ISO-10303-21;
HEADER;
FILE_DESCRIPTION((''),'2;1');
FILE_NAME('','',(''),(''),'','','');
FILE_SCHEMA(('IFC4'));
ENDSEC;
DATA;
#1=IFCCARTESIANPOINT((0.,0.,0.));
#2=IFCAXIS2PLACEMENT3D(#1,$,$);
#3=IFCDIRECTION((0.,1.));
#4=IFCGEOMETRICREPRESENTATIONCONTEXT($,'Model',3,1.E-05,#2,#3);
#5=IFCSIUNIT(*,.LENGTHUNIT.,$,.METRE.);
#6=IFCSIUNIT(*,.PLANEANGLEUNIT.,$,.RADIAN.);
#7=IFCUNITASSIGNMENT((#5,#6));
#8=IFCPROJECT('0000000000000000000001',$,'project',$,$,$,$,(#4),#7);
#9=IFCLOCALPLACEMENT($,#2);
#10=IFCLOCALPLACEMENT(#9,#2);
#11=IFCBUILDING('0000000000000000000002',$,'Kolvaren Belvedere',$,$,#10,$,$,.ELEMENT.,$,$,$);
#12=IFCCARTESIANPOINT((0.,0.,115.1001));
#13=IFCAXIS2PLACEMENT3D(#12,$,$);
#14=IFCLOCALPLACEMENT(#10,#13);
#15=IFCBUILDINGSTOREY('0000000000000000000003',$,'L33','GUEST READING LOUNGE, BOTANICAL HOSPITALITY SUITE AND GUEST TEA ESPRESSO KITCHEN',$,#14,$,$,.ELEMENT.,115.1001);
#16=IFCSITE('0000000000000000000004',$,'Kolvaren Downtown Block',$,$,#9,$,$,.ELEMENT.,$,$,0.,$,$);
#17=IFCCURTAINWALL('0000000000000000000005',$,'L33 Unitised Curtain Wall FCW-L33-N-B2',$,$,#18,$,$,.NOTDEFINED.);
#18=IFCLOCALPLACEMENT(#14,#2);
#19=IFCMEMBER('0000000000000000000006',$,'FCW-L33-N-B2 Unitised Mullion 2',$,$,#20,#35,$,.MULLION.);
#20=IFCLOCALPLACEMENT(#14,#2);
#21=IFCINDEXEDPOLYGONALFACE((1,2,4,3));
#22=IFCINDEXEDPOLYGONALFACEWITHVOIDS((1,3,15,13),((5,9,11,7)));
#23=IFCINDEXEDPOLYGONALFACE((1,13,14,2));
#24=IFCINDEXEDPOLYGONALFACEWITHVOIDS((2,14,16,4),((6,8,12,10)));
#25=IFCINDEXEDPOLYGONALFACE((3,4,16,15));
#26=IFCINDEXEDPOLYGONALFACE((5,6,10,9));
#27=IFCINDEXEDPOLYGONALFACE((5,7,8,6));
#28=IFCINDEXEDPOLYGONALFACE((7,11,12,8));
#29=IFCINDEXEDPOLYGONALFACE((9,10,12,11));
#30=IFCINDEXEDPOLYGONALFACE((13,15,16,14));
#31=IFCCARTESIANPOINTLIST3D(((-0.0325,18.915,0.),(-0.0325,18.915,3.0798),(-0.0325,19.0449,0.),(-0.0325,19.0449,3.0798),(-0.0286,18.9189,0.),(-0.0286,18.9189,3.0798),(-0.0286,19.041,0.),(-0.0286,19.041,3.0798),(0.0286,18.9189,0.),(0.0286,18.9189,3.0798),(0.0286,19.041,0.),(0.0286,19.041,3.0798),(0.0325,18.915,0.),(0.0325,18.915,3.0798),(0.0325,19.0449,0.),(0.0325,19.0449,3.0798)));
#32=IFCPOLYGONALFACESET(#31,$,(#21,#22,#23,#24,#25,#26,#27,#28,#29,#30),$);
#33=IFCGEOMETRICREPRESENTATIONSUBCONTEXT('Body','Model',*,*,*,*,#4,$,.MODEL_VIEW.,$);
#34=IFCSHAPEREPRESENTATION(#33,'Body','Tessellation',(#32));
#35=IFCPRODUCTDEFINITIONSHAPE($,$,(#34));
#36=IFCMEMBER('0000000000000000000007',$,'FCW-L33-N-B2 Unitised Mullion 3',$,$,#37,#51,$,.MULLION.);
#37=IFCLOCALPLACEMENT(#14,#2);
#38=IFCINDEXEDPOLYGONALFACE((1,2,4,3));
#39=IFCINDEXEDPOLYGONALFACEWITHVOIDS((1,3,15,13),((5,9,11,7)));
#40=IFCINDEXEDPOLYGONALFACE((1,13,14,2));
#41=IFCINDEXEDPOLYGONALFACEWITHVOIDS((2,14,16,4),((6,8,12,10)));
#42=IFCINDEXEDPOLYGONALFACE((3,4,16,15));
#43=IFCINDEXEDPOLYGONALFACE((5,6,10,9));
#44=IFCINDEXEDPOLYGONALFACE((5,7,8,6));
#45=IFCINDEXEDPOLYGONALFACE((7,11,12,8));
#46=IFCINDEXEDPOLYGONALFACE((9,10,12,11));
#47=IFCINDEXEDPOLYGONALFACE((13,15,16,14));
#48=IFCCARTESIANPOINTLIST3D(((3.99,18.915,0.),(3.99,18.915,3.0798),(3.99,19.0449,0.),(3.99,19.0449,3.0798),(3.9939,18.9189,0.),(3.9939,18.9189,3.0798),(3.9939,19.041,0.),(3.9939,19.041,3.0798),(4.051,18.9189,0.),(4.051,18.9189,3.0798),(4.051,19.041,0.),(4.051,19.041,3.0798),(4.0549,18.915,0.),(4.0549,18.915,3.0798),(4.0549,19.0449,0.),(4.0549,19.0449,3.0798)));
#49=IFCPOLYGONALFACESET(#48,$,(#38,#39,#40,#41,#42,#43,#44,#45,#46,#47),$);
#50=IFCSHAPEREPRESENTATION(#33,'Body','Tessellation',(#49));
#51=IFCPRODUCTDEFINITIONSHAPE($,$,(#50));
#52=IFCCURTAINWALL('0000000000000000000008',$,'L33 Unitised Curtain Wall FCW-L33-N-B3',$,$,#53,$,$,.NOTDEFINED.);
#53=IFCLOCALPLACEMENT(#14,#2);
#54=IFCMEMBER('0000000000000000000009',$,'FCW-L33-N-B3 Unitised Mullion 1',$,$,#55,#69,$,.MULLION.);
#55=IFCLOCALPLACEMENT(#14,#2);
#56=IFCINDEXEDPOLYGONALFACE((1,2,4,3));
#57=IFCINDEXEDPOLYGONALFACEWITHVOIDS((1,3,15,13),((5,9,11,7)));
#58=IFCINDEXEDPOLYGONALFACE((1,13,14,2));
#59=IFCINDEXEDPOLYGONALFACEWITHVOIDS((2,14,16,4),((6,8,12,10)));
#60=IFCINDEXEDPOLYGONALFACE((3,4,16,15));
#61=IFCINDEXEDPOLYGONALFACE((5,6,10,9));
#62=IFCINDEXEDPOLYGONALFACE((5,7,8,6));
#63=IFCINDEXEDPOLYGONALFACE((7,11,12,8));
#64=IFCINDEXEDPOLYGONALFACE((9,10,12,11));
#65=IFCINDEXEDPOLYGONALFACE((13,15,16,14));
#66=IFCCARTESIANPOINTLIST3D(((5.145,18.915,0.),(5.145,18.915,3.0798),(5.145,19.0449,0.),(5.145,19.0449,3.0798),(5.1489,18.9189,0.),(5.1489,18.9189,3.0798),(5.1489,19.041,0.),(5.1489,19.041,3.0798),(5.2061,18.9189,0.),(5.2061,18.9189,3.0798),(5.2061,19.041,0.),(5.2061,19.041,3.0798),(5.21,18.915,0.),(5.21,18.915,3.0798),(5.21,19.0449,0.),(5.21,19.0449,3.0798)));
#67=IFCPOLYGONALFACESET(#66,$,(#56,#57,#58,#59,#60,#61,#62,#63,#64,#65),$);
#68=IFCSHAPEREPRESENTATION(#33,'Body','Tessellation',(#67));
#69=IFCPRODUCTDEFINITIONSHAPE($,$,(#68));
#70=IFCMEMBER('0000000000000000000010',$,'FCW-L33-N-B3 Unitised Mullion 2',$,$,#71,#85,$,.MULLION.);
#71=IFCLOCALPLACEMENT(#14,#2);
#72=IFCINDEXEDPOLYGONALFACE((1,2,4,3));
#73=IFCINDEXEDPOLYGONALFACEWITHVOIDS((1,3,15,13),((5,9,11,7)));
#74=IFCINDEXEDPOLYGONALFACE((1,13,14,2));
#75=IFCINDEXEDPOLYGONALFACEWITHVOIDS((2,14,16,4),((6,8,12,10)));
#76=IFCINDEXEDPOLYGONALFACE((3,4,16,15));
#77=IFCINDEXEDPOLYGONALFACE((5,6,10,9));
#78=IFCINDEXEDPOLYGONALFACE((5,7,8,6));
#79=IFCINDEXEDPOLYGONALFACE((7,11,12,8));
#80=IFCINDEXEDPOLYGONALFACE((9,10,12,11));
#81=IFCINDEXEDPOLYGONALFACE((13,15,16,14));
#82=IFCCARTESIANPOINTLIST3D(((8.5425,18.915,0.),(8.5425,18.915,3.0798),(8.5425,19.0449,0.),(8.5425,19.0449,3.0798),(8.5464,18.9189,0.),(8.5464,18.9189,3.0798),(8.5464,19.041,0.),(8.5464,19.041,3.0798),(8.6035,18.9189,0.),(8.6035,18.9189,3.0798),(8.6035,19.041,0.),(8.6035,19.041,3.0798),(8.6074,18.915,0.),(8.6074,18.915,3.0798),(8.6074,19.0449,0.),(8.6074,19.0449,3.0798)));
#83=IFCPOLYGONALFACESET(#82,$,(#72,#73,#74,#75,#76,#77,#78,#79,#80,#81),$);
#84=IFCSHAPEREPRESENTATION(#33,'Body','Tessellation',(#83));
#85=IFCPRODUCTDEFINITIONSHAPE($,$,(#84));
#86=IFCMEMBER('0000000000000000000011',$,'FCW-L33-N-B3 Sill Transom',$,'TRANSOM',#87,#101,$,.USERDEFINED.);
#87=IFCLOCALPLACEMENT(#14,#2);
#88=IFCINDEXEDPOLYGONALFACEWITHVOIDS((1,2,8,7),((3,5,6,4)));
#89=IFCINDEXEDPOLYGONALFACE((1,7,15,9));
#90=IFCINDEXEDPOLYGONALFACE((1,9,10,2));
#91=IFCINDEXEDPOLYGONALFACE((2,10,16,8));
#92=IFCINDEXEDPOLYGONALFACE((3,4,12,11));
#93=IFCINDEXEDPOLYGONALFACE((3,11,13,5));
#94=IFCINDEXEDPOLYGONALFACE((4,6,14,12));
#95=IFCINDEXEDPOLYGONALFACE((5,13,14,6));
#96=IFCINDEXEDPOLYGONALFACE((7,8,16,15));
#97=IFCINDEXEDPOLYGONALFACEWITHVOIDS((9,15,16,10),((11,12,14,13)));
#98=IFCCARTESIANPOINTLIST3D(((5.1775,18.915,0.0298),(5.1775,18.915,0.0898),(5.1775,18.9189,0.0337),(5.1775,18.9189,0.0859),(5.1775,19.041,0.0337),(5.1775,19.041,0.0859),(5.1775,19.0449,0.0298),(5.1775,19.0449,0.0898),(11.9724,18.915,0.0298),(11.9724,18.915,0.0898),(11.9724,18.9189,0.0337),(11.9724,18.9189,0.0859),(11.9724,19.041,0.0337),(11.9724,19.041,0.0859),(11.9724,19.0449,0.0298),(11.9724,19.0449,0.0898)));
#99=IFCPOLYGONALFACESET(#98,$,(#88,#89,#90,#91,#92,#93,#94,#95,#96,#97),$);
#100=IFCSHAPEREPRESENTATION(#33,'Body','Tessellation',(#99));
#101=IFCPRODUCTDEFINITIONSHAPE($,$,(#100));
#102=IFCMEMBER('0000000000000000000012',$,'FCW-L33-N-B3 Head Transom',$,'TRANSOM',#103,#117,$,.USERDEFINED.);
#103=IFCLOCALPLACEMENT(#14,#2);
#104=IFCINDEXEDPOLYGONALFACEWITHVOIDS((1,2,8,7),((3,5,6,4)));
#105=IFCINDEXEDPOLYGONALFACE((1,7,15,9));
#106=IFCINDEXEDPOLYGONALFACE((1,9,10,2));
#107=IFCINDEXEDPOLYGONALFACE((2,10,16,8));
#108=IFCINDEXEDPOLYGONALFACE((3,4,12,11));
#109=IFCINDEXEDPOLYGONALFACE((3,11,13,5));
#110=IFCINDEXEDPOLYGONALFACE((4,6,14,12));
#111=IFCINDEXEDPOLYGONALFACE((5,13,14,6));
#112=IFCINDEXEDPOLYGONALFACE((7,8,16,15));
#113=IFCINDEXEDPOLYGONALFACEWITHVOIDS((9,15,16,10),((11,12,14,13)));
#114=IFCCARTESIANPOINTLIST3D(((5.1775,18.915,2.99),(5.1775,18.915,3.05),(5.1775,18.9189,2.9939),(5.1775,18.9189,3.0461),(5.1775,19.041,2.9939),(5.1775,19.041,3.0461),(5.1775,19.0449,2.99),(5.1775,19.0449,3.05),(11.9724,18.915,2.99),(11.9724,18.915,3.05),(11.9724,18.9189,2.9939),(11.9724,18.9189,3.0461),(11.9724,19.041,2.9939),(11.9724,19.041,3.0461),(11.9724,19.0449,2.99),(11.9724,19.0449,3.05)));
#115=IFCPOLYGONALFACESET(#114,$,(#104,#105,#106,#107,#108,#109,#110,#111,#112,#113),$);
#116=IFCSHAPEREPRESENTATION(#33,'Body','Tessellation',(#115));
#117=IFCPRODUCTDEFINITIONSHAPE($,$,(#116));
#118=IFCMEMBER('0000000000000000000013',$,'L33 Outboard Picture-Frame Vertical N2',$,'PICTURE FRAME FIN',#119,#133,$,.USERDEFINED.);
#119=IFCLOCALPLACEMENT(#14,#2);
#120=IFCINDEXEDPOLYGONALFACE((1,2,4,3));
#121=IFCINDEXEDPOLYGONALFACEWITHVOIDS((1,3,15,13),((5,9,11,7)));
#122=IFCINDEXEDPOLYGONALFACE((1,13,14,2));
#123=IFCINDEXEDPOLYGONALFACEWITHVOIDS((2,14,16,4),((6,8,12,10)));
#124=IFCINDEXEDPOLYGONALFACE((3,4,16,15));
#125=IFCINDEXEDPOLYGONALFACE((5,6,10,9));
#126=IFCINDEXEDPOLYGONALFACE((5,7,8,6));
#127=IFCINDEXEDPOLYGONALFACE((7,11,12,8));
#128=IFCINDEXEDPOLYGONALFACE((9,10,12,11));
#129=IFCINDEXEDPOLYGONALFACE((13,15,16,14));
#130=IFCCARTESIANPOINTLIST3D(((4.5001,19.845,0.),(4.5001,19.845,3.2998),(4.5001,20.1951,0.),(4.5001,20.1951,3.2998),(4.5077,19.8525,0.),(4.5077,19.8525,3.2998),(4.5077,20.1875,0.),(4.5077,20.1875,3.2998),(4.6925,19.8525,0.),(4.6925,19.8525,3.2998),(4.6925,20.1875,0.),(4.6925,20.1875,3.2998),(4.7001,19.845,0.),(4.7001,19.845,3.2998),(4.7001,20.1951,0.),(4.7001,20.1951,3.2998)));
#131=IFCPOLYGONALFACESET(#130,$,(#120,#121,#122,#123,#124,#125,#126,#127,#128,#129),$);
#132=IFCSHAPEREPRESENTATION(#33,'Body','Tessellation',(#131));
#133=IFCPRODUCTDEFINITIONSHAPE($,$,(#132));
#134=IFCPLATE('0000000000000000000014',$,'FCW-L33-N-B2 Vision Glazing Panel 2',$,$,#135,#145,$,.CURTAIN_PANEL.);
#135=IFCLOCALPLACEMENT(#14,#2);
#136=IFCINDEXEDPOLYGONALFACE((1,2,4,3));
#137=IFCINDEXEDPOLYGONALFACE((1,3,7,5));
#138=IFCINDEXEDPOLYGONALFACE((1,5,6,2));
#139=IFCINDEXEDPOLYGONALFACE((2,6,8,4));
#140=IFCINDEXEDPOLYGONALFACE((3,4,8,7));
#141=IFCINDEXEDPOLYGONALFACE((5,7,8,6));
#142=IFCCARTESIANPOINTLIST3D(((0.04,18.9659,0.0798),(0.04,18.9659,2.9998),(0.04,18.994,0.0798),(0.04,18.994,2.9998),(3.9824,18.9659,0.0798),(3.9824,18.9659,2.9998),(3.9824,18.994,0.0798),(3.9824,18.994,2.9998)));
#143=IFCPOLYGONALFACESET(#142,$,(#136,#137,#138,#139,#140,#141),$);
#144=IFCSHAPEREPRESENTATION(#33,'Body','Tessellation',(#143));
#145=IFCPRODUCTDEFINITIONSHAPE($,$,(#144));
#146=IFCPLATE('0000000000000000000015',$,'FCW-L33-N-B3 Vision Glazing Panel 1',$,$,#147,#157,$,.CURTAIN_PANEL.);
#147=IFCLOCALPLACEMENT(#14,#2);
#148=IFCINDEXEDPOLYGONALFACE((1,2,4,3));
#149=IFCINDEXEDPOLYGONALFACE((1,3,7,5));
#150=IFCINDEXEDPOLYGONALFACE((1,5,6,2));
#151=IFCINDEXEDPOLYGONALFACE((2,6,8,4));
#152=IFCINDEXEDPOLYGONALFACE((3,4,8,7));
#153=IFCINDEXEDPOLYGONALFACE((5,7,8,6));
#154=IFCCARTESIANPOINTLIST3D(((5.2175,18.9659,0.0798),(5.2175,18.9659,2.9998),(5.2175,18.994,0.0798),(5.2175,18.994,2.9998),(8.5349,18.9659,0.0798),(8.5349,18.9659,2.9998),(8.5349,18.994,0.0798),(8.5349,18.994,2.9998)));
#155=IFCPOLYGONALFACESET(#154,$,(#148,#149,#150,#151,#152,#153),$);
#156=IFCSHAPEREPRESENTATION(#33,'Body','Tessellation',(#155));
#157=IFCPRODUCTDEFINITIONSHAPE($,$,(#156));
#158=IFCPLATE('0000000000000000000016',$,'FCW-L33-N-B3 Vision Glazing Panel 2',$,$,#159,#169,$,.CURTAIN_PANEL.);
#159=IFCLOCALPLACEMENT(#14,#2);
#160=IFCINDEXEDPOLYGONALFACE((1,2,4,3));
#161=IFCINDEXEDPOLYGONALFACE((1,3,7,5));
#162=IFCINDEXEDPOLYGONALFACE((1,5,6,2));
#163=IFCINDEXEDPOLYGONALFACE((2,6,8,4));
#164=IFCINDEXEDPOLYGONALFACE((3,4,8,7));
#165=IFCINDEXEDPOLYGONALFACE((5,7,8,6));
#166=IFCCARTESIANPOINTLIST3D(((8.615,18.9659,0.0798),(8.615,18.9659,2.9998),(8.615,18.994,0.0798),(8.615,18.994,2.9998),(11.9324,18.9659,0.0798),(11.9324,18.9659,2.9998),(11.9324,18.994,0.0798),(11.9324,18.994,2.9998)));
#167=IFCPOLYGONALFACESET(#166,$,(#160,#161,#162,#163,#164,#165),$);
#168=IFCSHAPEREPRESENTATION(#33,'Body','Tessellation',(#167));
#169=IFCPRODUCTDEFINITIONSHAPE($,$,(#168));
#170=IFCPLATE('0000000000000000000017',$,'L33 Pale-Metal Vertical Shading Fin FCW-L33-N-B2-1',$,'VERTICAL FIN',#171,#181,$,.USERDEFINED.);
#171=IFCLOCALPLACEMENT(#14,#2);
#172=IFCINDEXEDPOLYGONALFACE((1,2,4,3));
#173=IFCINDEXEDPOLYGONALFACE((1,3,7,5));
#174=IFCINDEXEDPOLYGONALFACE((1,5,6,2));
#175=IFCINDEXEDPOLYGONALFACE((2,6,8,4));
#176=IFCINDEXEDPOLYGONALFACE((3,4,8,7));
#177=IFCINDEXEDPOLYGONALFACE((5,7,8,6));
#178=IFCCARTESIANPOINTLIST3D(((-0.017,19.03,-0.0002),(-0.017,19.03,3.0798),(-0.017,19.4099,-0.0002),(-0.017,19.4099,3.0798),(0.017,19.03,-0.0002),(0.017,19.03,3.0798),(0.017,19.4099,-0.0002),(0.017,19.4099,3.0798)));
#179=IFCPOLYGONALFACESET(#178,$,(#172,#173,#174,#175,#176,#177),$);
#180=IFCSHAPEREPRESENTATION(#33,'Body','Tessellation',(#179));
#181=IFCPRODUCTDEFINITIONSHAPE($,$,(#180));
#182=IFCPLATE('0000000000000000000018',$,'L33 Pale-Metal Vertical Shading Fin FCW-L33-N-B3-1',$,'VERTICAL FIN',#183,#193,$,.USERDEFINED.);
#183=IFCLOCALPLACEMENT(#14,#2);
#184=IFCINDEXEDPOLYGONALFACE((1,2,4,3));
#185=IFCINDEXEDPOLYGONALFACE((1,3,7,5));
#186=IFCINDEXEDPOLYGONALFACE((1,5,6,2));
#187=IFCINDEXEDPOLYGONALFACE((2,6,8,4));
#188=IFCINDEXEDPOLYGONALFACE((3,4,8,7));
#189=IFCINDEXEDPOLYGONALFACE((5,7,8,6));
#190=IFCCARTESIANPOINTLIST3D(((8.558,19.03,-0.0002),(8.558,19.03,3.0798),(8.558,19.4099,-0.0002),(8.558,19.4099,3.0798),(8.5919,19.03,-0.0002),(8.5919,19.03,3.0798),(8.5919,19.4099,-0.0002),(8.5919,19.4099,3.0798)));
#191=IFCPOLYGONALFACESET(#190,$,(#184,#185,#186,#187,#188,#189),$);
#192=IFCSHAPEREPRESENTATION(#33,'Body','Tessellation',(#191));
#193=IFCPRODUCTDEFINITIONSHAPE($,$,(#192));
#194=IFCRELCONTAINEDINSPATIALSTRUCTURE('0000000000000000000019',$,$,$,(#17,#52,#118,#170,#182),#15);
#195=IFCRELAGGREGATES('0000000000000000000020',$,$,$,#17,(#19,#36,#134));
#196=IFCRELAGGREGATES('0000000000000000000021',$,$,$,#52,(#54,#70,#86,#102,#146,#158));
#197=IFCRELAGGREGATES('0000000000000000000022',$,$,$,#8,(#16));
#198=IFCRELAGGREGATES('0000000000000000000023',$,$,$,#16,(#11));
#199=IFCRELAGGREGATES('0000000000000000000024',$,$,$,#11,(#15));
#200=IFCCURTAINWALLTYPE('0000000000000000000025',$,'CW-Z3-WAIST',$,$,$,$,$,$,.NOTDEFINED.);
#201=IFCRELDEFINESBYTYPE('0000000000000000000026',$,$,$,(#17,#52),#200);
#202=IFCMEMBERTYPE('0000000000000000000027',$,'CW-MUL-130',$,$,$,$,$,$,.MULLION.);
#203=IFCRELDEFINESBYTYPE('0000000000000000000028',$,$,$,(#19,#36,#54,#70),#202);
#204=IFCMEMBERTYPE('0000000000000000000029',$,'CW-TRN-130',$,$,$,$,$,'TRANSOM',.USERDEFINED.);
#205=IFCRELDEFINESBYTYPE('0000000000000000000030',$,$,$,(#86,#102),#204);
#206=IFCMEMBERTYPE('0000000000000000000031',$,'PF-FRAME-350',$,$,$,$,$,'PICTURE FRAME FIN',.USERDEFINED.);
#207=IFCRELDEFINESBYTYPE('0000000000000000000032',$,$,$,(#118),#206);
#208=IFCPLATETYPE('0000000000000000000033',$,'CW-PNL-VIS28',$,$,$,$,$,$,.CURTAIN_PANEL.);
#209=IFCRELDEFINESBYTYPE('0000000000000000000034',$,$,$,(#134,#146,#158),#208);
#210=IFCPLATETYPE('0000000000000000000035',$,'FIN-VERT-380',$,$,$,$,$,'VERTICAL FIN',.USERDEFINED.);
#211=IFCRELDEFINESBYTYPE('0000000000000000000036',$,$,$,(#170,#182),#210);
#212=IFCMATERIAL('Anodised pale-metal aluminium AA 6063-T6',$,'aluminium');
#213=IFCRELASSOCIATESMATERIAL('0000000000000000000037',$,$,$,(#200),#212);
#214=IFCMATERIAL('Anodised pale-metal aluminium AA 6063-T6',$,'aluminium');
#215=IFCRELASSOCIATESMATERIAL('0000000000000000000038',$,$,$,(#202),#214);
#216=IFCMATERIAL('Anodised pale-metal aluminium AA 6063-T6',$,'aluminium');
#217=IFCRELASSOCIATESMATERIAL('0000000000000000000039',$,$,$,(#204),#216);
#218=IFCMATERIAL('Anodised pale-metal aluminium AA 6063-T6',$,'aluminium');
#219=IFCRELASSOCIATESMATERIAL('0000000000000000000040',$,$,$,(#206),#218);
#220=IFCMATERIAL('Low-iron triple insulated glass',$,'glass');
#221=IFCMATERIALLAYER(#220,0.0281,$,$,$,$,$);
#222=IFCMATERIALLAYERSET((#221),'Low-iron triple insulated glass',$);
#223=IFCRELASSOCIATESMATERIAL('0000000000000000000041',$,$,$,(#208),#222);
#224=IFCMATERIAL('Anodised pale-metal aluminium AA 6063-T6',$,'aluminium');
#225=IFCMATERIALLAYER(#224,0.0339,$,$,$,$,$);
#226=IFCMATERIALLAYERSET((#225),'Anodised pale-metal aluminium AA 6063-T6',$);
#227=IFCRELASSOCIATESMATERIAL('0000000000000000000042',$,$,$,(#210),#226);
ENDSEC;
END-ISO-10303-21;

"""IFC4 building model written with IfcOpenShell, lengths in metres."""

from ifc_helpers import new_model, si_unit, direction, frame, origin, origin_2d, place, context, subcontext, project, spatial, rectangle, hollow_rectangle, extrude, material, layer, layer_set, material_profile, profile_set, type_object, element, aggregate, save


model = new_model("IFC4")

# Units and contexts
model_context = context("Model", 3, precision=1e-05, world=origin(), true_north=direction((0.0, 1.0)))
body_context = subcontext(model_context, "Body", "Model", "MODEL_VIEW")
ifc_project = project(units=[si_unit("LENGTHUNIT", "METRE"), si_unit("PLANEANGLEUNIT", "RADIAN")], contexts=[model_context])

# Site, building, storey
site_placement = place(None, origin())
site = spatial("IfcSite", under=ifc_project, at=site_placement, Name="Kolvaren Downtown Block", CompositionType="ELEMENT", RefElevation=0.0)
building_placement = place(site_placement, origin())
building = spatial("IfcBuilding", under=site, at=building_placement, Name="Kolvaren Belvedere", CompositionType="ELEMENT")
storey_placement = place(building_placement, frame((0.0, 0.0, 115.1001)))
storey = spatial("IfcBuildingStorey", under=building, at=storey_placement, Name="L33", Description="GUEST READING LOUNGE, BOTANICAL HOSPITALITY SUITE AND GUEST TEA ESPRESSO KITCHEN", CompositionType="ELEMENT", Elevation=115.1001)

# Curtain walls, members
ifc_material_1 = material(Name="Anodised pale-metal aluminium AA 6063-T6", Category="aluminium")
curtain_wall_type = type_object("IfcCurtainWallType", Name="CW-Z3-WAIST", PredefinedType="NOTDEFINED", material=ifc_material_1)
curtain_wall_1_placement = place(storey_placement, origin())
curtain_wall_1 = element("IfcCurtainWall", 1, at=curtain_wall_1_placement, inside=storey, type_object=curtain_wall_type, Name="L33 Unitised Curtain Wall FCW-L33-N-B2", PredefinedType="NOTDEFINED")
ifc_material_2 = material(Name="Anodised pale-metal aluminium AA 6063-T6", Category="aluminium")
ifc_material_profile_1 = material_profile(ifc_material_2, hollow_rectangle(XDim=0.0649, YDim=0.1299, WallThickness=0.0039, at=origin_2d()), Name="ALU-MUL-130X65")
ifc_profile_set_1 = profile_set([ifc_material_profile_1], Name="Anodised pale-metal aluminium AA 6063-T6")
member_type_1 = type_object("IfcMemberType", Name="CW-MUL-130", PredefinedType="MULLION", material=ifc_profile_set_1)
member_1_placement = place(storey_placement, frame((0.0, 18.98, 0.0), z_axis=(0.0, 0.0, 1.0), x_axis=(1.0, 0.0, 0.0)))
member_1 = element("IfcMember", 2, at=member_1_placement, type_object=member_type_1, Name="FCW-L33-N-B2 Unitised Mullion 2", PredefinedType="MULLION", context=body_context, shape_type="SweptSolid", body=[
    extrude(hollow_rectangle(XDim=0.0649, YDim=0.1299, WallThickness=0.0039, at=origin_2d()), origin(), (0.0, 0.0, 1.0), 3.0798),
])
member_2_placement = place(storey_placement, frame((4.0225, 18.98, 0.0), z_axis=(0.0, 0.0, 1.0), x_axis=(1.0, 0.0, 0.0)))
member_2 = element("IfcMember", 3, at=member_2_placement, type_object=member_type_1, Name="FCW-L33-N-B2 Unitised Mullion 3", PredefinedType="MULLION", context=body_context, shape_type="SweptSolid", body=[
    extrude(hollow_rectangle(XDim=0.0649, YDim=0.1299, WallThickness=0.0039, at=origin_2d()), origin(), (0.0, 0.0, 1.0), 3.0798),
])
curtain_wall_2_placement = place(storey_placement, origin())
curtain_wall_2 = element("IfcCurtainWall", 4, at=curtain_wall_2_placement, inside=storey, type_object=curtain_wall_type, Name="L33 Unitised Curtain Wall FCW-L33-N-B3", PredefinedType="NOTDEFINED")
member_3_placement = place(storey_placement, frame((5.1775, 18.98, 0.0), z_axis=(0.0, 0.0, 1.0), x_axis=(1.0, 0.0, 0.0)))
member_3 = element("IfcMember", 5, at=member_3_placement, type_object=member_type_1, Name="FCW-L33-N-B3 Unitised Mullion 1", PredefinedType="MULLION", context=body_context, shape_type="SweptSolid", body=[
    extrude(hollow_rectangle(XDim=0.0649, YDim=0.1299, WallThickness=0.0039, at=origin_2d()), origin(), (0.0, 0.0, 1.0), 3.0798),
])
member_4_placement = place(storey_placement, frame((8.575, 18.98, 0.0), z_axis=(0.0, 0.0, 1.0), x_axis=(1.0, 0.0, 0.0)))
member_4 = element("IfcMember", 6, at=member_4_placement, type_object=member_type_1, Name="FCW-L33-N-B3 Unitised Mullion 2", PredefinedType="MULLION", context=body_context, shape_type="SweptSolid", body=[
    extrude(hollow_rectangle(XDim=0.0649, YDim=0.1299, WallThickness=0.0039, at=origin_2d()), origin(), (0.0, 0.0, 1.0), 3.0798),
])
ifc_material_3 = material(Name="Anodised pale-metal aluminium AA 6063-T6", Category="aluminium")
ifc_material_profile_2 = material_profile(ifc_material_3, hollow_rectangle(XDim=0.0601, YDim=0.1299, WallThickness=0.0039, at=origin_2d()), Name="ALU-TRN-130X60")
ifc_profile_set_2 = profile_set([ifc_material_profile_2], Name="Anodised pale-metal aluminium AA 6063-T6")
member_type_2 = type_object("IfcMemberType", Name="CW-TRN-130", ElementType="TRANSOM", PredefinedType="USERDEFINED", material=ifc_profile_set_2)
member_5_placement = place(storey_placement, frame((5.1775, 18.98, 0.0598), z_axis=(1.0, 0.0, 0.0), x_axis=(0.0, 0.0, 1.0)))
member_5 = element("IfcMember", 7, at=member_5_placement, type_object=member_type_2, Name="FCW-L33-N-B3 Sill Transom", ObjectType="TRANSOM", PredefinedType="USERDEFINED", context=body_context, shape_type="SweptSolid", body=[
    extrude(hollow_rectangle(XDim=0.0601, YDim=0.1299, WallThickness=0.0039, at=origin_2d()), origin(), (0.0, 0.0, 1.0), 6.7949),
])
member_6_placement = place(storey_placement, frame((5.1775, 18.98, 3.02), z_axis=(1.0, 0.0, 0.0), x_axis=(0.0, 0.0, 1.0)))
member_6 = element("IfcMember", 8, at=member_6_placement, type_object=member_type_2, Name="FCW-L33-N-B3 Head Transom", ObjectType="TRANSOM", PredefinedType="USERDEFINED", context=body_context, shape_type="SweptSolid", body=[
    extrude(hollow_rectangle(XDim=0.0601, YDim=0.1299, WallThickness=0.0039, at=origin_2d()), origin(), (0.0, 0.0, 1.0), 6.7949),
])

# Member
ifc_material_4 = material(Name="Anodised pale-metal aluminium AA 6063-T6", Category="aluminium")
ifc_material_profile_3 = material_profile(ifc_material_4, hollow_rectangle(XDim=0.2, YDim=0.3501, WallThickness=0.0076, at=origin_2d()), Name="ALU-PF-350X200")
ifc_profile_set_3 = profile_set([ifc_material_profile_3], Name="Anodised pale-metal aluminium AA 6063-T6")
member_type_3 = type_object("IfcMemberType", Name="PF-FRAME-350", ElementType="PICTURE FRAME FIN", PredefinedType="USERDEFINED", material=ifc_profile_set_3)
member_7_placement = place(storey_placement, frame((4.6001, 20.02, 0.0), z_axis=(0.0, 0.0, 1.0), x_axis=(1.0, 0.0, 0.0)))
element("IfcMember", 9, at=member_7_placement, inside=storey, type_object=member_type_3, Name="L33 Outboard Picture-Frame Vertical N2", ObjectType="PICTURE FRAME FIN", PredefinedType="USERDEFINED", context=body_context, shape_type="SweptSolid", body=[
    extrude(hollow_rectangle(XDim=0.2, YDim=0.3501, WallThickness=0.0076, at=origin_2d()), origin(), (0.0, 0.0, 1.0), 3.2998),
])

# Plates
ifc_material_5 = material(Name="Low-iron triple insulated glass", Category="glass")
ifc_layer_1 = layer(ifc_material_5, 0.0281)
ifc_layer_set_1 = layer_set([ifc_layer_1], Name="Low-iron triple insulated glass")
plate_type_1 = type_object("IfcPlateType", Name="CW-PNL-VIS28", PredefinedType="CURTAIN_PANEL", material=ifc_layer_set_1)
plate_1_placement = place(storey_placement, frame((2.0112, 18.98, 0.0798), z_axis=(0.0, 0.0, 1.0), x_axis=(1.0, 0.0, 0.0)))
plate_1 = element("IfcPlate", 10, at=plate_1_placement, type_object=plate_type_1, Name="FCW-L33-N-B2 Vision Glazing Panel 2", PredefinedType="CURTAIN_PANEL", context=body_context, shape_type="SweptSolid", body=[
    extrude(rectangle(XDim=3.9424, YDim=0.0281, at=origin_2d()), origin(), (0.0, 0.0, 1.0), 2.9199),
])
aggregate(curtain_wall_1, [member_1, member_2, plate_1])
plate_2_placement = place(storey_placement, frame((6.8762, 18.98, 0.0798), z_axis=(0.0, 0.0, 1.0), x_axis=(1.0, 0.0, 0.0)))
plate_2 = element("IfcPlate", 11, at=plate_2_placement, type_object=plate_type_1, Name="FCW-L33-N-B3 Vision Glazing Panel 1", PredefinedType="CURTAIN_PANEL", context=body_context, shape_type="SweptSolid", body=[
    extrude(rectangle(XDim=3.3174, YDim=0.0281, at=origin_2d()), origin(), (0.0, 0.0, 1.0), 2.9199),
])
plate_3_placement = place(storey_placement, frame((10.2737, 18.98, 0.0798), z_axis=(0.0, 0.0, 1.0), x_axis=(1.0, 0.0, 0.0)))
plate_3 = element("IfcPlate", 12, at=plate_3_placement, type_object=plate_type_1, Name="FCW-L33-N-B3 Vision Glazing Panel 2", PredefinedType="CURTAIN_PANEL", context=body_context, shape_type="SweptSolid", body=[
    extrude(rectangle(XDim=3.3174, YDim=0.0281, at=origin_2d()), origin(), (0.0, 0.0, 1.0), 2.9199),
])
aggregate(curtain_wall_2, [member_3, member_4, member_5, member_6, plate_2, plate_3])

# Plates
ifc_material_6 = material(Name="Anodised pale-metal aluminium AA 6063-T6", Category="aluminium")
ifc_layer_2 = layer(ifc_material_6, 0.0339)
ifc_layer_set_2 = layer_set([ifc_layer_2], Name="Anodised pale-metal aluminium AA 6063-T6")
plate_type_2 = type_object("IfcPlateType", Name="FIN-VERT-380", ElementType="VERTICAL FIN", PredefinedType="USERDEFINED", material=ifc_layer_set_2)
for number, where, z_axis, x_axis, name in (
    (13, (0.0, 19.22, -0.0002), (0.0, 0.0, 1.0), (0.0, 1.0, 0.0), "L33 Pale-Metal Vertical Shading Fin FCW-L33-N-B2-1"),
    (14, (8.575, 19.22, -0.0002), (0.0, 0.0, 1.0), (0.0, 1.0, 0.0), "L33 Pale-Metal Vertical Shading Fin FCW-L33-N-B3-1"),
):
    element("IfcPlate", number, at=place(storey_placement, frame(where, z_axis=z_axis, x_axis=x_axis)), inside=storey, type_object=plate_type_2, Name=name, ObjectType="VERTICAL FIN", PredefinedType="USERDEFINED", context=body_context, shape_type="SweptSolid", body=[
        extrude(rectangle(XDim=0.3799, YDim=0.0339, at=origin_2d()), origin(), (0.0, 0.0, 1.0), 3.0801),
    ])

save(model, "model.ifc")
